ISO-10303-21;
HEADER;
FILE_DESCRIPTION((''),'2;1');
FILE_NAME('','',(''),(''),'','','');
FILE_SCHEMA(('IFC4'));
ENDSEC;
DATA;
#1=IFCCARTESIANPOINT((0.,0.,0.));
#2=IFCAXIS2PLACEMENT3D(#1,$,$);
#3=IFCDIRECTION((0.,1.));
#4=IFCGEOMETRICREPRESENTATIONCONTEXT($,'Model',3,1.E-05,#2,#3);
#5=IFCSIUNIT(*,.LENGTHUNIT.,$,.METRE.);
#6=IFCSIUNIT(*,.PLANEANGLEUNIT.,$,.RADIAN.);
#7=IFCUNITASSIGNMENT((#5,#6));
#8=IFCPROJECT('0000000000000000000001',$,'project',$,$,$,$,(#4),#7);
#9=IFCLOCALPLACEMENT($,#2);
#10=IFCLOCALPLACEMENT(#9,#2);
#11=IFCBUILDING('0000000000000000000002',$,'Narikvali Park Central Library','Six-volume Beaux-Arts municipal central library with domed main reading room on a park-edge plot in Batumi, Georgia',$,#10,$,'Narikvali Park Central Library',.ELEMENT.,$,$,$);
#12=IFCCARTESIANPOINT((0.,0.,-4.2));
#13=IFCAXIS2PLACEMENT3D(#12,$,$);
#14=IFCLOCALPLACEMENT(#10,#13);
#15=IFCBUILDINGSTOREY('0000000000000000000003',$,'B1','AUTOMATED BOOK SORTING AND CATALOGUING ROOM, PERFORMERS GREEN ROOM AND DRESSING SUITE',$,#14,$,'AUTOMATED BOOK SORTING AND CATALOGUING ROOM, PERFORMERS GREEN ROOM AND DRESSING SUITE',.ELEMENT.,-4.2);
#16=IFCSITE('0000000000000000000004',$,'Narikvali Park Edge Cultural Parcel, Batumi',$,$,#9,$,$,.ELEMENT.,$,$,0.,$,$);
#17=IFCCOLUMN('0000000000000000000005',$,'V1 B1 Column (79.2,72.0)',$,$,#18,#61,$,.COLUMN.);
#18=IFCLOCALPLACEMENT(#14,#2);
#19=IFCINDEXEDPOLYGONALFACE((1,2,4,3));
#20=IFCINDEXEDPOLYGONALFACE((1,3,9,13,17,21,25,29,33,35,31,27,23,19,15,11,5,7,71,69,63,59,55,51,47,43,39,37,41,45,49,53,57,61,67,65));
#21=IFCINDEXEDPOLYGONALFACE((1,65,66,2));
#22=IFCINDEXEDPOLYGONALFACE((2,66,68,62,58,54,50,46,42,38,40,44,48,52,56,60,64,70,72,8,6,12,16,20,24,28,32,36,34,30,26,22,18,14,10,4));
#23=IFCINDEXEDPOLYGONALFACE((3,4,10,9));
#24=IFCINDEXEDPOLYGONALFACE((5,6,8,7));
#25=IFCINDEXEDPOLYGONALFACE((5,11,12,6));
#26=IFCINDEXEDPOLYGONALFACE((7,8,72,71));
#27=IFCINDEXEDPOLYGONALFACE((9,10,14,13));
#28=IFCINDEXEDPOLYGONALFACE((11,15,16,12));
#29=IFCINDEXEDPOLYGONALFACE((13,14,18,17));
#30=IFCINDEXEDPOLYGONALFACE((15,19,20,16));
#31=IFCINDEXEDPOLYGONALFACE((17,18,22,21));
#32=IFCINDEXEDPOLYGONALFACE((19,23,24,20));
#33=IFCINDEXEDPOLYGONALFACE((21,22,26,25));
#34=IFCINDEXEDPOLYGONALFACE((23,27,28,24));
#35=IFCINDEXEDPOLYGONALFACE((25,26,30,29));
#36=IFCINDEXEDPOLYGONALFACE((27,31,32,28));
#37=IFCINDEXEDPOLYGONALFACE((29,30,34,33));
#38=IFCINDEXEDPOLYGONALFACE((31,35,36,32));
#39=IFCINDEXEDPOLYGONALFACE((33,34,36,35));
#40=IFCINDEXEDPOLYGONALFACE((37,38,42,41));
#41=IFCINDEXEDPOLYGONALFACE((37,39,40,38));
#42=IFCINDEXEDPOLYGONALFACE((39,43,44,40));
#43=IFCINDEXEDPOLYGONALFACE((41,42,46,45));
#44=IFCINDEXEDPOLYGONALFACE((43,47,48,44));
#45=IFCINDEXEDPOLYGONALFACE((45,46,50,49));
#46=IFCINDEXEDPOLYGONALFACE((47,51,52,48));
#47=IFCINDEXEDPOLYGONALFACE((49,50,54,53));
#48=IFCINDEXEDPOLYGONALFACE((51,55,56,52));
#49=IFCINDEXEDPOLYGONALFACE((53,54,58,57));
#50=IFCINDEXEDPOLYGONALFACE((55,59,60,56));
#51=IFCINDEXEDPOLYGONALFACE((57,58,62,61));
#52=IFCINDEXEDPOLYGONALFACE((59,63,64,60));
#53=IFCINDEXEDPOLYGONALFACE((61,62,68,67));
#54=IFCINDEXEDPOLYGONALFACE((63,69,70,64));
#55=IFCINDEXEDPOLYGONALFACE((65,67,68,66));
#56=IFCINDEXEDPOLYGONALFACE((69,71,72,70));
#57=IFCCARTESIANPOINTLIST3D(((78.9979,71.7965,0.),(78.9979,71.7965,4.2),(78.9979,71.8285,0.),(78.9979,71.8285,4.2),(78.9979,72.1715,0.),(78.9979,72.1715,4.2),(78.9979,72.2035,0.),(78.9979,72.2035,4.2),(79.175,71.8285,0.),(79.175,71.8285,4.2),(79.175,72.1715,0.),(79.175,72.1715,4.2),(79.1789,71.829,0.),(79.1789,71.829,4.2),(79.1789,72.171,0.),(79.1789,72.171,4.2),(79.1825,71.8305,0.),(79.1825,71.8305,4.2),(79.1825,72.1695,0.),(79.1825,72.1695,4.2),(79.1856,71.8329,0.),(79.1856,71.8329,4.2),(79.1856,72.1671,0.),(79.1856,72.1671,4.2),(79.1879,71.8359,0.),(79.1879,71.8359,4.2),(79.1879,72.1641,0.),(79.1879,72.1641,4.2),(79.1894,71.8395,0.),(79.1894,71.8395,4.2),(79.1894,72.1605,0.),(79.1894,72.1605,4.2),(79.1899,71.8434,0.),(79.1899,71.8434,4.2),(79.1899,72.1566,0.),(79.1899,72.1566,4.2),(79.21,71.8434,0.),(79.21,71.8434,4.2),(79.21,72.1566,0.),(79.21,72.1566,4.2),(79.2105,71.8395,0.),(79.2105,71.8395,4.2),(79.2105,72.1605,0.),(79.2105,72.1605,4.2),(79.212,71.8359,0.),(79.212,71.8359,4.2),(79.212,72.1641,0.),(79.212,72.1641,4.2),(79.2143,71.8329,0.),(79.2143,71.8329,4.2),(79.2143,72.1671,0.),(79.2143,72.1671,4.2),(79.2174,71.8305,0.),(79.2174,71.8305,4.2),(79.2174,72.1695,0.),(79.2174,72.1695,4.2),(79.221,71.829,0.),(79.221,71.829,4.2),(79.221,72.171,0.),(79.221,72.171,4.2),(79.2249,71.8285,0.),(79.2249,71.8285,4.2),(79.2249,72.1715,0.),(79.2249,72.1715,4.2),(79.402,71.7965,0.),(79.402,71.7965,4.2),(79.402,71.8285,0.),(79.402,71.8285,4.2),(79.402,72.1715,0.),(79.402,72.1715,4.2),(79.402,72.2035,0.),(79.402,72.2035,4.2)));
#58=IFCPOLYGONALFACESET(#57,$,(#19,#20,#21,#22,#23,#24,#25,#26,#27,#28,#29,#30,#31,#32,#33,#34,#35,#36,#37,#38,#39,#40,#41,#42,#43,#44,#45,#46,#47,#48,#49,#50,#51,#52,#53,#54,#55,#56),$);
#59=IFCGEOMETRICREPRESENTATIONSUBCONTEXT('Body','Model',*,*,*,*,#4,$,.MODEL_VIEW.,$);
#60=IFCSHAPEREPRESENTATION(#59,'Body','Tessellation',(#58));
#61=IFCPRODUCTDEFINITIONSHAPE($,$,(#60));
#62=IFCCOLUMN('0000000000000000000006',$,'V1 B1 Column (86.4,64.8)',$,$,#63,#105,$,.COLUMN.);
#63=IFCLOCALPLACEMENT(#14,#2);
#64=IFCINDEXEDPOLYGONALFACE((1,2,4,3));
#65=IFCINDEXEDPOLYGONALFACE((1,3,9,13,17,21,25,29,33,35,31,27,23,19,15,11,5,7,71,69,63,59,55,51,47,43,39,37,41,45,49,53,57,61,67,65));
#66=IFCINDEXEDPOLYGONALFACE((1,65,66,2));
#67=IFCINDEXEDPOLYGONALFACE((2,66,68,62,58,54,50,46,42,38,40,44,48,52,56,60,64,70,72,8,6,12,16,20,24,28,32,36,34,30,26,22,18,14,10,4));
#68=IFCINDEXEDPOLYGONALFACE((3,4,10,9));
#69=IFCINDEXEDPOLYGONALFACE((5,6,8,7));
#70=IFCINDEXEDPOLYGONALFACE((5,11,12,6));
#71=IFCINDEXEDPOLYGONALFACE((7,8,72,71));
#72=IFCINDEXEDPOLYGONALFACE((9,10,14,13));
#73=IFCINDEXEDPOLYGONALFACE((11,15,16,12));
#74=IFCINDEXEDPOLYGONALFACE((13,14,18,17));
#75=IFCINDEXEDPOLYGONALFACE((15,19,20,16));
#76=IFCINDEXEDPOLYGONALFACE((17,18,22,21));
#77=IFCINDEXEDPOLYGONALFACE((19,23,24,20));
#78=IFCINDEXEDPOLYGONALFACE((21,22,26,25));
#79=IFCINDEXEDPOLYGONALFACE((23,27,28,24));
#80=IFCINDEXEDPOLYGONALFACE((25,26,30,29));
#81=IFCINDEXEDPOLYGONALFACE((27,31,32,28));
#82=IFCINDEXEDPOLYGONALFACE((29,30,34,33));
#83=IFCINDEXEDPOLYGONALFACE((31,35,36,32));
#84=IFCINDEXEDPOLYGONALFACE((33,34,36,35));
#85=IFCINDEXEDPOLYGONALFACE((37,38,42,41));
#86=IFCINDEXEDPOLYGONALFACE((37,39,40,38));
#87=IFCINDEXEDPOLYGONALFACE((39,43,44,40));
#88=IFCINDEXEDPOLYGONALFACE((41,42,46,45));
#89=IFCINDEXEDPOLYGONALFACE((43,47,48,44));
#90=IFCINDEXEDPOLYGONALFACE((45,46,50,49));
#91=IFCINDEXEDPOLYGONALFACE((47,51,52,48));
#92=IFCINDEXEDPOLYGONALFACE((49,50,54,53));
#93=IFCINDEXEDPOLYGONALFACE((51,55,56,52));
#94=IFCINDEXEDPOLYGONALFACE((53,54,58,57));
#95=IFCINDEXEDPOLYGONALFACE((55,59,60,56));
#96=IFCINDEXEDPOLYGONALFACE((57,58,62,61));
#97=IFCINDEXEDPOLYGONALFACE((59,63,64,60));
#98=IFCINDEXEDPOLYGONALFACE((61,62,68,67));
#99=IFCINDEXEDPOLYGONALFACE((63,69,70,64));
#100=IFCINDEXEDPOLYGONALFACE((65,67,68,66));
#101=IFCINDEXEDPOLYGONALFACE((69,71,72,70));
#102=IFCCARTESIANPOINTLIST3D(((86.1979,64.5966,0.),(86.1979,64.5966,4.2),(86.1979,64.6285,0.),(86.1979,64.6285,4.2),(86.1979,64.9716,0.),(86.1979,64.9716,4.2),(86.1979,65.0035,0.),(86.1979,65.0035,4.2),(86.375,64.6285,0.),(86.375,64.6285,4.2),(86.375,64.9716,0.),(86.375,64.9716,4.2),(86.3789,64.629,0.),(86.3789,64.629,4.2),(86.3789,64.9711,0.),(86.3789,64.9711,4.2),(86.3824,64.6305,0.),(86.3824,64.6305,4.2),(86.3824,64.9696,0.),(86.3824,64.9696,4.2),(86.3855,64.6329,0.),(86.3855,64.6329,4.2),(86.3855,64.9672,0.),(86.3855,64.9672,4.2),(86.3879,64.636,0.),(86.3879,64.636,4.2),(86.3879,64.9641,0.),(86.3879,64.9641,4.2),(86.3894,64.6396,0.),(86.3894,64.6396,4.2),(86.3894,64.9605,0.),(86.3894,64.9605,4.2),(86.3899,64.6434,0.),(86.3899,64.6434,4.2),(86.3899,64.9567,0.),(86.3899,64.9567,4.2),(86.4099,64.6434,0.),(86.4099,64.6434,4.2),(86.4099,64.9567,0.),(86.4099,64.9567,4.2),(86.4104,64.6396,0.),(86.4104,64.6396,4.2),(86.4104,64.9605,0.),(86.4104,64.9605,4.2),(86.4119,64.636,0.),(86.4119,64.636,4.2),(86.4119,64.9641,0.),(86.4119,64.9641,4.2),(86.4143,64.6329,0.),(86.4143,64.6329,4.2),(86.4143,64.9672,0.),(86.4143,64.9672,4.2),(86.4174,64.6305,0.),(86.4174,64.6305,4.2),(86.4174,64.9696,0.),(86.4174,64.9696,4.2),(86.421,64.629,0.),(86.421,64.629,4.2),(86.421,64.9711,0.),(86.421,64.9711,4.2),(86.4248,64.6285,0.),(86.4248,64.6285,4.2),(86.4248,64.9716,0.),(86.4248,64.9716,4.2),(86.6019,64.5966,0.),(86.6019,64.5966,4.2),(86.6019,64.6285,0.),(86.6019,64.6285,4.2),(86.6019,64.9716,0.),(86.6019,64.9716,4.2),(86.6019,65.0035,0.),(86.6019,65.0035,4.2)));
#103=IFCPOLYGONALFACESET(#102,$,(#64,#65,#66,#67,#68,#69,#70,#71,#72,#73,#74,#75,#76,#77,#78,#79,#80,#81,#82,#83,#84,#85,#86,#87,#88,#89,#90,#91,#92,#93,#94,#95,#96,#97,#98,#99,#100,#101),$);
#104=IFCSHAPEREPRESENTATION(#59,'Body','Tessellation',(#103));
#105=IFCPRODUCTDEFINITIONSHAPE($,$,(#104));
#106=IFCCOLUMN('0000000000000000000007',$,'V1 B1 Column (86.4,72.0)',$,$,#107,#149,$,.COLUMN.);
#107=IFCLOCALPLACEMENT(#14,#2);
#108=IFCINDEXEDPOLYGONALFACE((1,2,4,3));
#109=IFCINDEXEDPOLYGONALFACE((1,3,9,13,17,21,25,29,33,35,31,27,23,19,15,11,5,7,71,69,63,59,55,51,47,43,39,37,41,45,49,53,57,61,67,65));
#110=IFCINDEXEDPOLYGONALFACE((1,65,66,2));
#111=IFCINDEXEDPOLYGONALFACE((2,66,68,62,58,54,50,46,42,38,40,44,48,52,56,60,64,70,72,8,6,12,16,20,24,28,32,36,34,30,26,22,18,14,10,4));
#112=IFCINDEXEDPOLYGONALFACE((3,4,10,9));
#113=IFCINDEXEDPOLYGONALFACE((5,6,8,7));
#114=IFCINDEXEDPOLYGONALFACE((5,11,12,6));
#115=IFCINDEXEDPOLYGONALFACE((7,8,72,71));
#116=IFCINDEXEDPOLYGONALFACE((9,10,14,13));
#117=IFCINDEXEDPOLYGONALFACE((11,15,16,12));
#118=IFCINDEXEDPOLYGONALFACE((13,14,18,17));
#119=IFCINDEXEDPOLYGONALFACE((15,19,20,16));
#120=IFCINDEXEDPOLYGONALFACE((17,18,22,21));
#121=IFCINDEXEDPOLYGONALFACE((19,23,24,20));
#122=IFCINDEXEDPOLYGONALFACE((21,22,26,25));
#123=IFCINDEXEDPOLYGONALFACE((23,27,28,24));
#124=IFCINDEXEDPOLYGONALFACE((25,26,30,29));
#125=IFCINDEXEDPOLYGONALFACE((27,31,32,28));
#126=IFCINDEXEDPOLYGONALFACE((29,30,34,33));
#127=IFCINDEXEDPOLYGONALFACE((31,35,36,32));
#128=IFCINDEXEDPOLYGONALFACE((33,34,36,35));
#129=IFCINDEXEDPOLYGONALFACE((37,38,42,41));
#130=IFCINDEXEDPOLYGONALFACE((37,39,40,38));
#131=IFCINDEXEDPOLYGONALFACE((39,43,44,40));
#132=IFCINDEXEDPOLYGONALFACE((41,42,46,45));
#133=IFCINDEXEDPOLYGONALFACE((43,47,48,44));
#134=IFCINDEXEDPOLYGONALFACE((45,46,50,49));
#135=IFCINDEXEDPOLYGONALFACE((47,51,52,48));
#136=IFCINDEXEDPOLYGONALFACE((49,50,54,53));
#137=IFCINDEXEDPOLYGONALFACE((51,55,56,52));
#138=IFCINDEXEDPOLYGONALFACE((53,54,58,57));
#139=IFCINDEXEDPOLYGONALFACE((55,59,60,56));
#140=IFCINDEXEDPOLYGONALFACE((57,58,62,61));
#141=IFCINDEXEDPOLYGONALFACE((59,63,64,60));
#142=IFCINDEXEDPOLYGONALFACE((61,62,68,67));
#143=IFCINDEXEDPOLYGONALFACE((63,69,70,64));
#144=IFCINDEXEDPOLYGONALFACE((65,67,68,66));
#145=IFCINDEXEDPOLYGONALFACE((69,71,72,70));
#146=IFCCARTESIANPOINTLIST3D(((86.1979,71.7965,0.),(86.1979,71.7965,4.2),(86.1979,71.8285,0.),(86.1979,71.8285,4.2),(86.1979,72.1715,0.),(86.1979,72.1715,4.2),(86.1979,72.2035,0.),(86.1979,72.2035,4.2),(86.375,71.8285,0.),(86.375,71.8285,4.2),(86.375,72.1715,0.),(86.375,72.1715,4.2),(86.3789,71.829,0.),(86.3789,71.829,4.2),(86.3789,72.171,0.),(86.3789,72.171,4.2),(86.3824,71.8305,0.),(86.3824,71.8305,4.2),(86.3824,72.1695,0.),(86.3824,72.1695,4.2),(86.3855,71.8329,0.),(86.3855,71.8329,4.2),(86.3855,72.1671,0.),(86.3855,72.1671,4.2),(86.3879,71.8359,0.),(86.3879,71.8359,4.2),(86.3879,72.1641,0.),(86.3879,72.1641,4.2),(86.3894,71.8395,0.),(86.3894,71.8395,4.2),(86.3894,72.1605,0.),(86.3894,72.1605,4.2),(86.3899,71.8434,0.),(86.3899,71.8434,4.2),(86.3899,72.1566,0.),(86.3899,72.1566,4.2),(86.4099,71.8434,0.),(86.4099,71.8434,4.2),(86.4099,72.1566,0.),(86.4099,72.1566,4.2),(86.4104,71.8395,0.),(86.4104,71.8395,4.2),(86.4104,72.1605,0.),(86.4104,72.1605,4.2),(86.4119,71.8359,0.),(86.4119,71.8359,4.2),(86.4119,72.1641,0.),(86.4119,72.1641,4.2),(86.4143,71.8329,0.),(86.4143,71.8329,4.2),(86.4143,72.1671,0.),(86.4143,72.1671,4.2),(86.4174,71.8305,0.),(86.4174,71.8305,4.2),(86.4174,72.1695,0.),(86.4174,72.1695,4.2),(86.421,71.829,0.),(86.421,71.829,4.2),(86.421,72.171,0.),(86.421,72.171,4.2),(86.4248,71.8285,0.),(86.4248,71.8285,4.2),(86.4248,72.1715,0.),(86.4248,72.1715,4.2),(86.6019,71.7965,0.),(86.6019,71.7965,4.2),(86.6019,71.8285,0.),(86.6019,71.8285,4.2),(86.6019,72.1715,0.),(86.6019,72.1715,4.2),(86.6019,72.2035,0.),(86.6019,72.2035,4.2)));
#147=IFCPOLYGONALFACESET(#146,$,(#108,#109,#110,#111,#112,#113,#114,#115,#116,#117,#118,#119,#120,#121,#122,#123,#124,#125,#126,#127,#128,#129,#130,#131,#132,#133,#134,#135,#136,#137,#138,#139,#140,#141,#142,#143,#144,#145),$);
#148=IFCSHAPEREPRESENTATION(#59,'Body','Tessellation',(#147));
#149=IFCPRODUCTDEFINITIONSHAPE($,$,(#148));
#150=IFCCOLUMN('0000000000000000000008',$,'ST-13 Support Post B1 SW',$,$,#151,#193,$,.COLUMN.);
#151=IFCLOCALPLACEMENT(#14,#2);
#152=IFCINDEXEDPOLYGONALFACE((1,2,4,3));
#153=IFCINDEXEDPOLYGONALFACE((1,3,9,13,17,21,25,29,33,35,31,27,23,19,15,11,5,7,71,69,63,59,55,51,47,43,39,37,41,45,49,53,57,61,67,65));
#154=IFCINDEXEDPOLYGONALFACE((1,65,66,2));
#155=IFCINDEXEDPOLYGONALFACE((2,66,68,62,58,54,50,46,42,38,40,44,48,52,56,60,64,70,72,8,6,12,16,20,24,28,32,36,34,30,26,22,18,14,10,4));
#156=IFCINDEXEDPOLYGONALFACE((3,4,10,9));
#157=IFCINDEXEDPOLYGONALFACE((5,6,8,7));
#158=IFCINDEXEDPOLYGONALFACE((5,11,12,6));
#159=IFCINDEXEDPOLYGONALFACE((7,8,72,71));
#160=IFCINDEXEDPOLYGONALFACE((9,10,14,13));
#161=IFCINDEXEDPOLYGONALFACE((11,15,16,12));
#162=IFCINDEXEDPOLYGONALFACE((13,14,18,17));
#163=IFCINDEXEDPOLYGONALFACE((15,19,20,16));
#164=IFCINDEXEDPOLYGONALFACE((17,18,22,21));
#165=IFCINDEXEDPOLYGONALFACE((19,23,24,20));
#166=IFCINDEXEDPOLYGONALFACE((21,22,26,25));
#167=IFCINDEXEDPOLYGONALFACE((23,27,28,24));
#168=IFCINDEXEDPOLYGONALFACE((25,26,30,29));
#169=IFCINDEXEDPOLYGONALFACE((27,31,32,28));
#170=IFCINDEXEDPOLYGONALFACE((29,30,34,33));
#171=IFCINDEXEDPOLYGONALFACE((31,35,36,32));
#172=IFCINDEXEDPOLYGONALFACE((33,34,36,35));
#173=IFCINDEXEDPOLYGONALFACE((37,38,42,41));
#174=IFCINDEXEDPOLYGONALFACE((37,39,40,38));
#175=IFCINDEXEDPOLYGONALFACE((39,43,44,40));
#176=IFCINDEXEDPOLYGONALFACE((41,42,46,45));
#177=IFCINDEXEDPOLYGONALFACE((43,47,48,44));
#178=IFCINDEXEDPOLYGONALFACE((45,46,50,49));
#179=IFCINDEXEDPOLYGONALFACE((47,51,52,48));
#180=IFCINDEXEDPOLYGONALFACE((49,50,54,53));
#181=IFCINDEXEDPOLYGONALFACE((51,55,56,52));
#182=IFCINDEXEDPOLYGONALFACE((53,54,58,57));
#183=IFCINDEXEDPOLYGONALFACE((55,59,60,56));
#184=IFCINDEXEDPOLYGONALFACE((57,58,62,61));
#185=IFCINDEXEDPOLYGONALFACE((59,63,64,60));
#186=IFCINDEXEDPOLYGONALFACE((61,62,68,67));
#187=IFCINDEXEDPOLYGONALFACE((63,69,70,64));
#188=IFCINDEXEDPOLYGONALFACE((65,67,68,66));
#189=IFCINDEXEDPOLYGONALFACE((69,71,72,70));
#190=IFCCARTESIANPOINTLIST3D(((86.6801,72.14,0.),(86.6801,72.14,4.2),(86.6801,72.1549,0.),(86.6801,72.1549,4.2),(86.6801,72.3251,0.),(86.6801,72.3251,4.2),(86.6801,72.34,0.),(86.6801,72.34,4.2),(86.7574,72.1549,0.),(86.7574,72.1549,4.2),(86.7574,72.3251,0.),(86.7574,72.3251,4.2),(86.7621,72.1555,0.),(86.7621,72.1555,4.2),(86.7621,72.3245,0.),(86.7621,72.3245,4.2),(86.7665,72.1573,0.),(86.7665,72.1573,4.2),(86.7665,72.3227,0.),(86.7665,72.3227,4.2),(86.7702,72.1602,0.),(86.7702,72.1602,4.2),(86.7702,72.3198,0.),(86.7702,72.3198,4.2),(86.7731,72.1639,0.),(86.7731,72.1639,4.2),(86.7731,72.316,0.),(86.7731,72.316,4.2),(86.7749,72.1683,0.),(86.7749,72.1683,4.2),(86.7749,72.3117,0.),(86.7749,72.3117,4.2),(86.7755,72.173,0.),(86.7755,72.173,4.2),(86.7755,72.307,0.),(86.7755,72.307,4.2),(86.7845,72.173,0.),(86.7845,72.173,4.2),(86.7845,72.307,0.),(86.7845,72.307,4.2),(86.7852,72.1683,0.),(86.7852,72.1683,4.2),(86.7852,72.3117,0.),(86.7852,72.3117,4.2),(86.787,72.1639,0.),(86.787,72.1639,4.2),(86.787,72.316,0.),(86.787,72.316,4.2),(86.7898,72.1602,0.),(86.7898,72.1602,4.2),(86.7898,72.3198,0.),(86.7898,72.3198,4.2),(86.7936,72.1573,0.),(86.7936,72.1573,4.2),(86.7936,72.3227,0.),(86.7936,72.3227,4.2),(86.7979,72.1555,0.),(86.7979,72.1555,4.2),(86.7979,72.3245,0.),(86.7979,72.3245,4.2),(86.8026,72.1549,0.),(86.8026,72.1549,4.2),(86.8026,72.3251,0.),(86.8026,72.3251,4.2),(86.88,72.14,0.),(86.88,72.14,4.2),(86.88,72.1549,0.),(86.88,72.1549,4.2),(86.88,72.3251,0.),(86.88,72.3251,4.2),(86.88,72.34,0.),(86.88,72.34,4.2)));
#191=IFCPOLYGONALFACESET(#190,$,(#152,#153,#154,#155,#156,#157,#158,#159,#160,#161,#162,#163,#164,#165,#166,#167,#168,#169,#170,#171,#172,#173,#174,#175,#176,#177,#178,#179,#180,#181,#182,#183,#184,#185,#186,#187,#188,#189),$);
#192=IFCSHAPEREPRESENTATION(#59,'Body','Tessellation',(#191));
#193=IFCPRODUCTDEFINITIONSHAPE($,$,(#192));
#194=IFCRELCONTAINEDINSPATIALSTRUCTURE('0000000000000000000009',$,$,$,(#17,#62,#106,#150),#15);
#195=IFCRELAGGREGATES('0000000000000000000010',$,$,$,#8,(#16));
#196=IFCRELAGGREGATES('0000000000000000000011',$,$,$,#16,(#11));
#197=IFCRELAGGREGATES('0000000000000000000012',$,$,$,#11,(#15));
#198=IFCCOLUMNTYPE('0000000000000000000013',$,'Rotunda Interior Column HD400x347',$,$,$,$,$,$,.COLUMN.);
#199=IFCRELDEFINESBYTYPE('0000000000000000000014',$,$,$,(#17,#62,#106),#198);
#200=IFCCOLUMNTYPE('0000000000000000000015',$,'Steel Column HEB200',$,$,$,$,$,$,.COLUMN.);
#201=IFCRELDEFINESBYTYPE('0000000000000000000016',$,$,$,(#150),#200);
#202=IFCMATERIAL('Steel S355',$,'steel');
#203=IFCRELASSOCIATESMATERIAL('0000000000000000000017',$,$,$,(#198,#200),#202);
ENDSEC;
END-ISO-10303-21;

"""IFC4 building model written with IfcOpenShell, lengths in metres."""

from ifc_helpers import new_model, si_unit, direction, frame, origin, origin_2d, place, context, subcontext, project, spatial, i_section, extrude, material, material_profile, profile_set, type_object, element, save


model = new_model("IFC4")

# Units and contexts
model_context = context("Model", 3, precision=1e-05, world=origin(), true_north=direction((0.0, 1.0)))
body_context = subcontext(model_context, "Body", "Model", "MODEL_VIEW")
ifc_project = project(units=[si_unit("LENGTHUNIT", "METRE"), si_unit("PLANEANGLEUNIT", "RADIAN")], contexts=[model_context])

# Site, building, storey
site_placement = place(None, origin())
site = spatial("IfcSite", under=ifc_project, at=site_placement, Name="Narikvali Park Edge Cultural Parcel, Batumi", CompositionType="ELEMENT", RefElevation=0.0)
building_placement = place(site_placement, origin())
building = spatial("IfcBuilding", under=site, at=building_placement, Name="Narikvali Park Central Library", Description="Six-volume Beaux-Arts municipal central library with domed main reading room on a park-edge plot in Batumi, Georgia", LongName="Narikvali Park Central Library", CompositionType="ELEMENT")
storey_placement = place(building_placement, frame((0.0, 0.0, -4.2)))
storey = spatial("IfcBuildingStorey", under=building, at=storey_placement, Name="B1", Description="AUTOMATED BOOK SORTING AND CATALOGUING ROOM, PERFORMERS GREEN ROOM AND DRESSING SUITE", LongName="AUTOMATED BOOK SORTING AND CATALOGUING ROOM, PERFORMERS GREEN ROOM AND DRESSING SUITE", CompositionType="ELEMENT", Elevation=-4.2)

# Columns
ifc_material_1 = material(Name="Steel S355", Category="steel")
ifc_material_profile_1 = material_profile(ifc_material_1, i_section(OverallWidth=0.4041, OverallDepth=0.407, WebThickness=0.02, FlangeThickness=0.032, FilletRadius=0.0149, at=origin_2d()), Name="HD 400x347")
ifc_profile_set_1 = profile_set([ifc_material_profile_1], Name="Steel S355")
column_type_1 = type_object("IfcColumnType", Name="Rotunda Interior Column HD400x347", PredefinedType="COLUMN", material=ifc_profile_set_1)
for number, where, z_axis, x_axis, name in (
    (1, (79.2, 72.0, 0.0), (0.0, 0.0, 1.0), (1.0, 0.0, 0.0), "V1 B1 Column (79.2,72.0)"),
    (2, (86.3999, 64.8, 0.0), (0.0, 0.0, 1.0), (1.0, 0.0, 0.0), "V1 B1 Column (86.4,64.8)"),
    (3, (86.3999, 72.0, 0.0), (0.0, 0.0, 1.0), (1.0, 0.0, 0.0), "V1 B1 Column (86.4,72.0)"),
):
    element("IfcColumn", number, at=place(storey_placement, frame(where, z_axis=z_axis, x_axis=x_axis)), inside=storey, type_object=column_type_1, Name=name, PredefinedType="COLUMN", context=body_context, shape_type="SweptSolid", body=[
        extrude(i_section(OverallWidth=0.4041, OverallDepth=0.407, WebThickness=0.02, FlangeThickness=0.032, FilletRadius=0.0149, at=origin_2d()), origin(), (0.0, 0.0, 1.0), 4.2),
    ])
ifc_material_profile_2 = material_profile(ifc_material_1, i_section(OverallWidth=0.2, OverallDepth=0.2, WebThickness=0.009, FlangeThickness=0.0149, FilletRadius=0.0181, at=origin_2d()), Name="HEB 200")
ifc_profile_set_2 = profile_set([ifc_material_profile_2], Name="Steel S355")
column_type_2 = type_object("IfcColumnType", Name="Steel Column HEB200", PredefinedType="COLUMN", material=ifc_profile_set_2)
for number, where, z_axis, x_axis, name in (
    (4, (86.78, 72.24, 0.0), (0.0, 0.0, 1.0), (1.0, 0.0, 0.0), "ST-13 Support Post B1 SW"),
):
    element("IfcColumn", number, at=place(storey_placement, frame(where, z_axis=z_axis, x_axis=x_axis)), inside=storey, type_object=column_type_2, Name=name, PredefinedType="COLUMN", context=body_context, shape_type="SweptSolid", body=[
        extrude(i_section(OverallWidth=0.2, OverallDepth=0.2, WebThickness=0.009, FlangeThickness=0.0149, FilletRadius=0.0181, at=origin_2d()), origin(), (0.0, 0.0, 1.0), 4.2),
    ])

save(model, "model.ifc")
